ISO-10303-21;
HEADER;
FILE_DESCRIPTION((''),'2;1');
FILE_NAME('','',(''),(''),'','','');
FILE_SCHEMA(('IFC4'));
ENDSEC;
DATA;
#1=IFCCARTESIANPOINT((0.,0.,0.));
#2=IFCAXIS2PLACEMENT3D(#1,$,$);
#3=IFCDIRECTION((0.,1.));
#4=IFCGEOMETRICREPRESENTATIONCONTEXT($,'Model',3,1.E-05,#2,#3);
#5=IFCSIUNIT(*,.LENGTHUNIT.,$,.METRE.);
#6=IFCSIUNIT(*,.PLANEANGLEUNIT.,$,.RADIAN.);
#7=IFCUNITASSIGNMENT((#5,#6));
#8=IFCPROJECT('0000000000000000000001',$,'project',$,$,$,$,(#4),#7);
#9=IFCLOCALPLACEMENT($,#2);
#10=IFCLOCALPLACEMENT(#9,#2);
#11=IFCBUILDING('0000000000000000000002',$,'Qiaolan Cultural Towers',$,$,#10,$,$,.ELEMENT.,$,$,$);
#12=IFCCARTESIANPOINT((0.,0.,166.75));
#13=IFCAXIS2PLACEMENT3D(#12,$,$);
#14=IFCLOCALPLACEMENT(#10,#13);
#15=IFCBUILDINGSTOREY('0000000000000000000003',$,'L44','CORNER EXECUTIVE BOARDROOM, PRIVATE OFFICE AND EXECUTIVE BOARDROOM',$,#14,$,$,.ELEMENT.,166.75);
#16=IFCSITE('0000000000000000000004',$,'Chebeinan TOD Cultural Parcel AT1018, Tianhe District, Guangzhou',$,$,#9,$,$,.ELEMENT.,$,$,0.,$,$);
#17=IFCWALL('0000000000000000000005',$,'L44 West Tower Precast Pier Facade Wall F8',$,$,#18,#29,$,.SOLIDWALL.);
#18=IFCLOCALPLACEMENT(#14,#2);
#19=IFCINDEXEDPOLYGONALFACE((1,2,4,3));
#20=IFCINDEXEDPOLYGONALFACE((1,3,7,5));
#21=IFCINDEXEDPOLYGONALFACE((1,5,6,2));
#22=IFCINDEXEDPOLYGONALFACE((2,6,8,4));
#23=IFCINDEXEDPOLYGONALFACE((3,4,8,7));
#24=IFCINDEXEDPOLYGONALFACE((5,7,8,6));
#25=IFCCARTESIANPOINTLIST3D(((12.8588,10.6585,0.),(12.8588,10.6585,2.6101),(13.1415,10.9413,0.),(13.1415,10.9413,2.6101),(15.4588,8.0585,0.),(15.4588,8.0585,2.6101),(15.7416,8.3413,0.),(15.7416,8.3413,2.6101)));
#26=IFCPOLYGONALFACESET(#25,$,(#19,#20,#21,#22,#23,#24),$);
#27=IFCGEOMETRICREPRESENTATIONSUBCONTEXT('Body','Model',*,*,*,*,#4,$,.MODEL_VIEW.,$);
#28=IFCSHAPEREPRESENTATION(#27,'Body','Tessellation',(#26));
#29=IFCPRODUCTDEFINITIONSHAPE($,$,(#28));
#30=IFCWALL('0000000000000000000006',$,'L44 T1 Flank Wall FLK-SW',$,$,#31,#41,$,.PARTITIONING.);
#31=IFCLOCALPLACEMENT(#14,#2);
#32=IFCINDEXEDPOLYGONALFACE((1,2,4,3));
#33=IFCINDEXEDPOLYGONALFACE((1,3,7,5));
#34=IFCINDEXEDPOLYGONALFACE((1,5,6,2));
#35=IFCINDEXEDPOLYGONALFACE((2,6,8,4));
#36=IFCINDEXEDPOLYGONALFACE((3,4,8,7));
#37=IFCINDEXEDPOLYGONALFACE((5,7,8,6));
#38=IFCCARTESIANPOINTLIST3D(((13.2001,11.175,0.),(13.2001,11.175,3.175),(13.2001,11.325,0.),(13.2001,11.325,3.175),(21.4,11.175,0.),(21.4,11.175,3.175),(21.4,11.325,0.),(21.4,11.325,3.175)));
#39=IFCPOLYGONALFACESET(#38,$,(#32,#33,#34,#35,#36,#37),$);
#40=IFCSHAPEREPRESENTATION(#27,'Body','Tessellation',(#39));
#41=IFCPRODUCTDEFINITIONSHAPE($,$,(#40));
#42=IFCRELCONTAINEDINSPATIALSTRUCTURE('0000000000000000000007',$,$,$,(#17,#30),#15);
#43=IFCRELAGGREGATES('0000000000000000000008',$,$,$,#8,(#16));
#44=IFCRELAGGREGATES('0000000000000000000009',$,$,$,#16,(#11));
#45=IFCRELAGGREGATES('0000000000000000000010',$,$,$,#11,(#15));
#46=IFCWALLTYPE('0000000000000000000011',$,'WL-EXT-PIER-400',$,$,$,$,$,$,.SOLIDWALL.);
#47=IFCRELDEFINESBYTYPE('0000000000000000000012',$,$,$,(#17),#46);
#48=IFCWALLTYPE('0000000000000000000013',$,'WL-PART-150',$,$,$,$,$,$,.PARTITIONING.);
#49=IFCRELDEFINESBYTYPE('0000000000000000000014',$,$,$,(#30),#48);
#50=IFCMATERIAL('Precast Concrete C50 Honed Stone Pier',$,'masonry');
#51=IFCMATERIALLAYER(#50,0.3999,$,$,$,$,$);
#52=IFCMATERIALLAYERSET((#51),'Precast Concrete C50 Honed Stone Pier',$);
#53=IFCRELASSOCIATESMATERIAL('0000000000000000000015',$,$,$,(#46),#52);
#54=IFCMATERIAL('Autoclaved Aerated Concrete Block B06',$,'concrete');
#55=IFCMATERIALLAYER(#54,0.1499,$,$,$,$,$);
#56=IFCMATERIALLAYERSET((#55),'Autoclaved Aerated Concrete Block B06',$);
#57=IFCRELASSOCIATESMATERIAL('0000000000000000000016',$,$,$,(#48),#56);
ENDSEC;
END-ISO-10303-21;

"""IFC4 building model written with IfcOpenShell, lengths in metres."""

from ifc_helpers import new_model, si_unit, direction, frame, frame_2d, origin, place, context, subcontext, project, spatial, rectangle, extrude, material, layer, layer_set, type_object, element, save


model = new_model("IFC4")

# Units and contexts
model_context = context("Model", 3, precision=1e-05, world=origin(), true_north=direction((0.0, 1.0)))
body_context = subcontext(model_context, "Body", "Model", "MODEL_VIEW")
ifc_project = project(units=[si_unit("LENGTHUNIT", "METRE"), si_unit("PLANEANGLEUNIT", "RADIAN")], contexts=[model_context])

# Site, building, storey
site_placement = place(None, origin())
site = spatial("IfcSite", under=ifc_project, at=site_placement, Name="Chebeinan TOD Cultural Parcel AT1018, Tianhe District, Guangzhou", CompositionType="ELEMENT", RefElevation=0.0)
building_placement = place(site_placement, origin())
building = spatial("IfcBuilding", under=site, at=building_placement, Name="Qiaolan Cultural Towers", CompositionType="ELEMENT")
storey_placement = place(building_placement, frame((0.0, 0.0, 166.75)))
storey = spatial("IfcBuildingStorey", under=building, at=storey_placement, Name="L44", Description="CORNER EXECUTIVE BOARDROOM, PRIVATE OFFICE AND EXECUTIVE BOARDROOM", CompositionType="ELEMENT", Elevation=166.75)

# Shared definitions
ifc_material_1 = material(Name="Precast Concrete C50 Honed Stone Pier", Category="masonry")
ifc_layer_1 = layer(ifc_material_1, 0.3999)
ifc_layer_set_1 = layer_set([ifc_layer_1], Name="Precast Concrete C50 Honed Stone Pier")
wall_type_1 = type_object("IfcWallType", Name="WL-EXT-PIER-400", PredefinedType="SOLIDWALL", material=ifc_layer_set_1)

# Walls
wall_1_placement = place(storey_placement, frame((15.6001, 8.2, 0.0), z_axis=(0.0, 0.0, 1.0), x_axis=(-0.707107, 0.707107, 0.0)))
element("IfcWall", 1, at=wall_1_placement, inside=storey, type_object=wall_type_1, Name="L44 West Tower Precast Pier Facade Wall F8", PredefinedType="SOLIDWALL", context=body_context, shape_type="SweptSolid", body=[
    extrude(rectangle(XDim=3.677, YDim=0.3999, at=frame_2d((1.8384, 0.0))), origin(), (0.0, 0.0, 1.0), 2.6101),
])
ifc_material_2 = material(Name="Autoclaved Aerated Concrete Block B06", Category="concrete")
ifc_layer_2 = layer(ifc_material_2, 0.1499)
ifc_layer_set_2 = layer_set([ifc_layer_2], Name="Autoclaved Aerated Concrete Block B06")
wall_type_2 = type_object("IfcWallType", Name="WL-PART-150", PredefinedType="PARTITIONING", material=ifc_layer_set_2)
wall_2_placement = place(storey_placement, frame((13.2, 11.25, 0.0), z_axis=(0.0, 0.0, 1.0), x_axis=(1.0, 0.0, 0.0)))
element("IfcWall", 2, at=wall_2_placement, inside=storey, type_object=wall_type_2, Name="L44 T1 Flank Wall FLK-SW", PredefinedType="PARTITIONING", context=body_context, shape_type="SweptSolid", body=[
    extrude(rectangle(XDim=8.2, YDim=0.1499, at=frame_2d((4.1001, 0.0))), origin(), (0.0, 0.0, 1.0), 3.175),
])

save(model, "model.ifc")
